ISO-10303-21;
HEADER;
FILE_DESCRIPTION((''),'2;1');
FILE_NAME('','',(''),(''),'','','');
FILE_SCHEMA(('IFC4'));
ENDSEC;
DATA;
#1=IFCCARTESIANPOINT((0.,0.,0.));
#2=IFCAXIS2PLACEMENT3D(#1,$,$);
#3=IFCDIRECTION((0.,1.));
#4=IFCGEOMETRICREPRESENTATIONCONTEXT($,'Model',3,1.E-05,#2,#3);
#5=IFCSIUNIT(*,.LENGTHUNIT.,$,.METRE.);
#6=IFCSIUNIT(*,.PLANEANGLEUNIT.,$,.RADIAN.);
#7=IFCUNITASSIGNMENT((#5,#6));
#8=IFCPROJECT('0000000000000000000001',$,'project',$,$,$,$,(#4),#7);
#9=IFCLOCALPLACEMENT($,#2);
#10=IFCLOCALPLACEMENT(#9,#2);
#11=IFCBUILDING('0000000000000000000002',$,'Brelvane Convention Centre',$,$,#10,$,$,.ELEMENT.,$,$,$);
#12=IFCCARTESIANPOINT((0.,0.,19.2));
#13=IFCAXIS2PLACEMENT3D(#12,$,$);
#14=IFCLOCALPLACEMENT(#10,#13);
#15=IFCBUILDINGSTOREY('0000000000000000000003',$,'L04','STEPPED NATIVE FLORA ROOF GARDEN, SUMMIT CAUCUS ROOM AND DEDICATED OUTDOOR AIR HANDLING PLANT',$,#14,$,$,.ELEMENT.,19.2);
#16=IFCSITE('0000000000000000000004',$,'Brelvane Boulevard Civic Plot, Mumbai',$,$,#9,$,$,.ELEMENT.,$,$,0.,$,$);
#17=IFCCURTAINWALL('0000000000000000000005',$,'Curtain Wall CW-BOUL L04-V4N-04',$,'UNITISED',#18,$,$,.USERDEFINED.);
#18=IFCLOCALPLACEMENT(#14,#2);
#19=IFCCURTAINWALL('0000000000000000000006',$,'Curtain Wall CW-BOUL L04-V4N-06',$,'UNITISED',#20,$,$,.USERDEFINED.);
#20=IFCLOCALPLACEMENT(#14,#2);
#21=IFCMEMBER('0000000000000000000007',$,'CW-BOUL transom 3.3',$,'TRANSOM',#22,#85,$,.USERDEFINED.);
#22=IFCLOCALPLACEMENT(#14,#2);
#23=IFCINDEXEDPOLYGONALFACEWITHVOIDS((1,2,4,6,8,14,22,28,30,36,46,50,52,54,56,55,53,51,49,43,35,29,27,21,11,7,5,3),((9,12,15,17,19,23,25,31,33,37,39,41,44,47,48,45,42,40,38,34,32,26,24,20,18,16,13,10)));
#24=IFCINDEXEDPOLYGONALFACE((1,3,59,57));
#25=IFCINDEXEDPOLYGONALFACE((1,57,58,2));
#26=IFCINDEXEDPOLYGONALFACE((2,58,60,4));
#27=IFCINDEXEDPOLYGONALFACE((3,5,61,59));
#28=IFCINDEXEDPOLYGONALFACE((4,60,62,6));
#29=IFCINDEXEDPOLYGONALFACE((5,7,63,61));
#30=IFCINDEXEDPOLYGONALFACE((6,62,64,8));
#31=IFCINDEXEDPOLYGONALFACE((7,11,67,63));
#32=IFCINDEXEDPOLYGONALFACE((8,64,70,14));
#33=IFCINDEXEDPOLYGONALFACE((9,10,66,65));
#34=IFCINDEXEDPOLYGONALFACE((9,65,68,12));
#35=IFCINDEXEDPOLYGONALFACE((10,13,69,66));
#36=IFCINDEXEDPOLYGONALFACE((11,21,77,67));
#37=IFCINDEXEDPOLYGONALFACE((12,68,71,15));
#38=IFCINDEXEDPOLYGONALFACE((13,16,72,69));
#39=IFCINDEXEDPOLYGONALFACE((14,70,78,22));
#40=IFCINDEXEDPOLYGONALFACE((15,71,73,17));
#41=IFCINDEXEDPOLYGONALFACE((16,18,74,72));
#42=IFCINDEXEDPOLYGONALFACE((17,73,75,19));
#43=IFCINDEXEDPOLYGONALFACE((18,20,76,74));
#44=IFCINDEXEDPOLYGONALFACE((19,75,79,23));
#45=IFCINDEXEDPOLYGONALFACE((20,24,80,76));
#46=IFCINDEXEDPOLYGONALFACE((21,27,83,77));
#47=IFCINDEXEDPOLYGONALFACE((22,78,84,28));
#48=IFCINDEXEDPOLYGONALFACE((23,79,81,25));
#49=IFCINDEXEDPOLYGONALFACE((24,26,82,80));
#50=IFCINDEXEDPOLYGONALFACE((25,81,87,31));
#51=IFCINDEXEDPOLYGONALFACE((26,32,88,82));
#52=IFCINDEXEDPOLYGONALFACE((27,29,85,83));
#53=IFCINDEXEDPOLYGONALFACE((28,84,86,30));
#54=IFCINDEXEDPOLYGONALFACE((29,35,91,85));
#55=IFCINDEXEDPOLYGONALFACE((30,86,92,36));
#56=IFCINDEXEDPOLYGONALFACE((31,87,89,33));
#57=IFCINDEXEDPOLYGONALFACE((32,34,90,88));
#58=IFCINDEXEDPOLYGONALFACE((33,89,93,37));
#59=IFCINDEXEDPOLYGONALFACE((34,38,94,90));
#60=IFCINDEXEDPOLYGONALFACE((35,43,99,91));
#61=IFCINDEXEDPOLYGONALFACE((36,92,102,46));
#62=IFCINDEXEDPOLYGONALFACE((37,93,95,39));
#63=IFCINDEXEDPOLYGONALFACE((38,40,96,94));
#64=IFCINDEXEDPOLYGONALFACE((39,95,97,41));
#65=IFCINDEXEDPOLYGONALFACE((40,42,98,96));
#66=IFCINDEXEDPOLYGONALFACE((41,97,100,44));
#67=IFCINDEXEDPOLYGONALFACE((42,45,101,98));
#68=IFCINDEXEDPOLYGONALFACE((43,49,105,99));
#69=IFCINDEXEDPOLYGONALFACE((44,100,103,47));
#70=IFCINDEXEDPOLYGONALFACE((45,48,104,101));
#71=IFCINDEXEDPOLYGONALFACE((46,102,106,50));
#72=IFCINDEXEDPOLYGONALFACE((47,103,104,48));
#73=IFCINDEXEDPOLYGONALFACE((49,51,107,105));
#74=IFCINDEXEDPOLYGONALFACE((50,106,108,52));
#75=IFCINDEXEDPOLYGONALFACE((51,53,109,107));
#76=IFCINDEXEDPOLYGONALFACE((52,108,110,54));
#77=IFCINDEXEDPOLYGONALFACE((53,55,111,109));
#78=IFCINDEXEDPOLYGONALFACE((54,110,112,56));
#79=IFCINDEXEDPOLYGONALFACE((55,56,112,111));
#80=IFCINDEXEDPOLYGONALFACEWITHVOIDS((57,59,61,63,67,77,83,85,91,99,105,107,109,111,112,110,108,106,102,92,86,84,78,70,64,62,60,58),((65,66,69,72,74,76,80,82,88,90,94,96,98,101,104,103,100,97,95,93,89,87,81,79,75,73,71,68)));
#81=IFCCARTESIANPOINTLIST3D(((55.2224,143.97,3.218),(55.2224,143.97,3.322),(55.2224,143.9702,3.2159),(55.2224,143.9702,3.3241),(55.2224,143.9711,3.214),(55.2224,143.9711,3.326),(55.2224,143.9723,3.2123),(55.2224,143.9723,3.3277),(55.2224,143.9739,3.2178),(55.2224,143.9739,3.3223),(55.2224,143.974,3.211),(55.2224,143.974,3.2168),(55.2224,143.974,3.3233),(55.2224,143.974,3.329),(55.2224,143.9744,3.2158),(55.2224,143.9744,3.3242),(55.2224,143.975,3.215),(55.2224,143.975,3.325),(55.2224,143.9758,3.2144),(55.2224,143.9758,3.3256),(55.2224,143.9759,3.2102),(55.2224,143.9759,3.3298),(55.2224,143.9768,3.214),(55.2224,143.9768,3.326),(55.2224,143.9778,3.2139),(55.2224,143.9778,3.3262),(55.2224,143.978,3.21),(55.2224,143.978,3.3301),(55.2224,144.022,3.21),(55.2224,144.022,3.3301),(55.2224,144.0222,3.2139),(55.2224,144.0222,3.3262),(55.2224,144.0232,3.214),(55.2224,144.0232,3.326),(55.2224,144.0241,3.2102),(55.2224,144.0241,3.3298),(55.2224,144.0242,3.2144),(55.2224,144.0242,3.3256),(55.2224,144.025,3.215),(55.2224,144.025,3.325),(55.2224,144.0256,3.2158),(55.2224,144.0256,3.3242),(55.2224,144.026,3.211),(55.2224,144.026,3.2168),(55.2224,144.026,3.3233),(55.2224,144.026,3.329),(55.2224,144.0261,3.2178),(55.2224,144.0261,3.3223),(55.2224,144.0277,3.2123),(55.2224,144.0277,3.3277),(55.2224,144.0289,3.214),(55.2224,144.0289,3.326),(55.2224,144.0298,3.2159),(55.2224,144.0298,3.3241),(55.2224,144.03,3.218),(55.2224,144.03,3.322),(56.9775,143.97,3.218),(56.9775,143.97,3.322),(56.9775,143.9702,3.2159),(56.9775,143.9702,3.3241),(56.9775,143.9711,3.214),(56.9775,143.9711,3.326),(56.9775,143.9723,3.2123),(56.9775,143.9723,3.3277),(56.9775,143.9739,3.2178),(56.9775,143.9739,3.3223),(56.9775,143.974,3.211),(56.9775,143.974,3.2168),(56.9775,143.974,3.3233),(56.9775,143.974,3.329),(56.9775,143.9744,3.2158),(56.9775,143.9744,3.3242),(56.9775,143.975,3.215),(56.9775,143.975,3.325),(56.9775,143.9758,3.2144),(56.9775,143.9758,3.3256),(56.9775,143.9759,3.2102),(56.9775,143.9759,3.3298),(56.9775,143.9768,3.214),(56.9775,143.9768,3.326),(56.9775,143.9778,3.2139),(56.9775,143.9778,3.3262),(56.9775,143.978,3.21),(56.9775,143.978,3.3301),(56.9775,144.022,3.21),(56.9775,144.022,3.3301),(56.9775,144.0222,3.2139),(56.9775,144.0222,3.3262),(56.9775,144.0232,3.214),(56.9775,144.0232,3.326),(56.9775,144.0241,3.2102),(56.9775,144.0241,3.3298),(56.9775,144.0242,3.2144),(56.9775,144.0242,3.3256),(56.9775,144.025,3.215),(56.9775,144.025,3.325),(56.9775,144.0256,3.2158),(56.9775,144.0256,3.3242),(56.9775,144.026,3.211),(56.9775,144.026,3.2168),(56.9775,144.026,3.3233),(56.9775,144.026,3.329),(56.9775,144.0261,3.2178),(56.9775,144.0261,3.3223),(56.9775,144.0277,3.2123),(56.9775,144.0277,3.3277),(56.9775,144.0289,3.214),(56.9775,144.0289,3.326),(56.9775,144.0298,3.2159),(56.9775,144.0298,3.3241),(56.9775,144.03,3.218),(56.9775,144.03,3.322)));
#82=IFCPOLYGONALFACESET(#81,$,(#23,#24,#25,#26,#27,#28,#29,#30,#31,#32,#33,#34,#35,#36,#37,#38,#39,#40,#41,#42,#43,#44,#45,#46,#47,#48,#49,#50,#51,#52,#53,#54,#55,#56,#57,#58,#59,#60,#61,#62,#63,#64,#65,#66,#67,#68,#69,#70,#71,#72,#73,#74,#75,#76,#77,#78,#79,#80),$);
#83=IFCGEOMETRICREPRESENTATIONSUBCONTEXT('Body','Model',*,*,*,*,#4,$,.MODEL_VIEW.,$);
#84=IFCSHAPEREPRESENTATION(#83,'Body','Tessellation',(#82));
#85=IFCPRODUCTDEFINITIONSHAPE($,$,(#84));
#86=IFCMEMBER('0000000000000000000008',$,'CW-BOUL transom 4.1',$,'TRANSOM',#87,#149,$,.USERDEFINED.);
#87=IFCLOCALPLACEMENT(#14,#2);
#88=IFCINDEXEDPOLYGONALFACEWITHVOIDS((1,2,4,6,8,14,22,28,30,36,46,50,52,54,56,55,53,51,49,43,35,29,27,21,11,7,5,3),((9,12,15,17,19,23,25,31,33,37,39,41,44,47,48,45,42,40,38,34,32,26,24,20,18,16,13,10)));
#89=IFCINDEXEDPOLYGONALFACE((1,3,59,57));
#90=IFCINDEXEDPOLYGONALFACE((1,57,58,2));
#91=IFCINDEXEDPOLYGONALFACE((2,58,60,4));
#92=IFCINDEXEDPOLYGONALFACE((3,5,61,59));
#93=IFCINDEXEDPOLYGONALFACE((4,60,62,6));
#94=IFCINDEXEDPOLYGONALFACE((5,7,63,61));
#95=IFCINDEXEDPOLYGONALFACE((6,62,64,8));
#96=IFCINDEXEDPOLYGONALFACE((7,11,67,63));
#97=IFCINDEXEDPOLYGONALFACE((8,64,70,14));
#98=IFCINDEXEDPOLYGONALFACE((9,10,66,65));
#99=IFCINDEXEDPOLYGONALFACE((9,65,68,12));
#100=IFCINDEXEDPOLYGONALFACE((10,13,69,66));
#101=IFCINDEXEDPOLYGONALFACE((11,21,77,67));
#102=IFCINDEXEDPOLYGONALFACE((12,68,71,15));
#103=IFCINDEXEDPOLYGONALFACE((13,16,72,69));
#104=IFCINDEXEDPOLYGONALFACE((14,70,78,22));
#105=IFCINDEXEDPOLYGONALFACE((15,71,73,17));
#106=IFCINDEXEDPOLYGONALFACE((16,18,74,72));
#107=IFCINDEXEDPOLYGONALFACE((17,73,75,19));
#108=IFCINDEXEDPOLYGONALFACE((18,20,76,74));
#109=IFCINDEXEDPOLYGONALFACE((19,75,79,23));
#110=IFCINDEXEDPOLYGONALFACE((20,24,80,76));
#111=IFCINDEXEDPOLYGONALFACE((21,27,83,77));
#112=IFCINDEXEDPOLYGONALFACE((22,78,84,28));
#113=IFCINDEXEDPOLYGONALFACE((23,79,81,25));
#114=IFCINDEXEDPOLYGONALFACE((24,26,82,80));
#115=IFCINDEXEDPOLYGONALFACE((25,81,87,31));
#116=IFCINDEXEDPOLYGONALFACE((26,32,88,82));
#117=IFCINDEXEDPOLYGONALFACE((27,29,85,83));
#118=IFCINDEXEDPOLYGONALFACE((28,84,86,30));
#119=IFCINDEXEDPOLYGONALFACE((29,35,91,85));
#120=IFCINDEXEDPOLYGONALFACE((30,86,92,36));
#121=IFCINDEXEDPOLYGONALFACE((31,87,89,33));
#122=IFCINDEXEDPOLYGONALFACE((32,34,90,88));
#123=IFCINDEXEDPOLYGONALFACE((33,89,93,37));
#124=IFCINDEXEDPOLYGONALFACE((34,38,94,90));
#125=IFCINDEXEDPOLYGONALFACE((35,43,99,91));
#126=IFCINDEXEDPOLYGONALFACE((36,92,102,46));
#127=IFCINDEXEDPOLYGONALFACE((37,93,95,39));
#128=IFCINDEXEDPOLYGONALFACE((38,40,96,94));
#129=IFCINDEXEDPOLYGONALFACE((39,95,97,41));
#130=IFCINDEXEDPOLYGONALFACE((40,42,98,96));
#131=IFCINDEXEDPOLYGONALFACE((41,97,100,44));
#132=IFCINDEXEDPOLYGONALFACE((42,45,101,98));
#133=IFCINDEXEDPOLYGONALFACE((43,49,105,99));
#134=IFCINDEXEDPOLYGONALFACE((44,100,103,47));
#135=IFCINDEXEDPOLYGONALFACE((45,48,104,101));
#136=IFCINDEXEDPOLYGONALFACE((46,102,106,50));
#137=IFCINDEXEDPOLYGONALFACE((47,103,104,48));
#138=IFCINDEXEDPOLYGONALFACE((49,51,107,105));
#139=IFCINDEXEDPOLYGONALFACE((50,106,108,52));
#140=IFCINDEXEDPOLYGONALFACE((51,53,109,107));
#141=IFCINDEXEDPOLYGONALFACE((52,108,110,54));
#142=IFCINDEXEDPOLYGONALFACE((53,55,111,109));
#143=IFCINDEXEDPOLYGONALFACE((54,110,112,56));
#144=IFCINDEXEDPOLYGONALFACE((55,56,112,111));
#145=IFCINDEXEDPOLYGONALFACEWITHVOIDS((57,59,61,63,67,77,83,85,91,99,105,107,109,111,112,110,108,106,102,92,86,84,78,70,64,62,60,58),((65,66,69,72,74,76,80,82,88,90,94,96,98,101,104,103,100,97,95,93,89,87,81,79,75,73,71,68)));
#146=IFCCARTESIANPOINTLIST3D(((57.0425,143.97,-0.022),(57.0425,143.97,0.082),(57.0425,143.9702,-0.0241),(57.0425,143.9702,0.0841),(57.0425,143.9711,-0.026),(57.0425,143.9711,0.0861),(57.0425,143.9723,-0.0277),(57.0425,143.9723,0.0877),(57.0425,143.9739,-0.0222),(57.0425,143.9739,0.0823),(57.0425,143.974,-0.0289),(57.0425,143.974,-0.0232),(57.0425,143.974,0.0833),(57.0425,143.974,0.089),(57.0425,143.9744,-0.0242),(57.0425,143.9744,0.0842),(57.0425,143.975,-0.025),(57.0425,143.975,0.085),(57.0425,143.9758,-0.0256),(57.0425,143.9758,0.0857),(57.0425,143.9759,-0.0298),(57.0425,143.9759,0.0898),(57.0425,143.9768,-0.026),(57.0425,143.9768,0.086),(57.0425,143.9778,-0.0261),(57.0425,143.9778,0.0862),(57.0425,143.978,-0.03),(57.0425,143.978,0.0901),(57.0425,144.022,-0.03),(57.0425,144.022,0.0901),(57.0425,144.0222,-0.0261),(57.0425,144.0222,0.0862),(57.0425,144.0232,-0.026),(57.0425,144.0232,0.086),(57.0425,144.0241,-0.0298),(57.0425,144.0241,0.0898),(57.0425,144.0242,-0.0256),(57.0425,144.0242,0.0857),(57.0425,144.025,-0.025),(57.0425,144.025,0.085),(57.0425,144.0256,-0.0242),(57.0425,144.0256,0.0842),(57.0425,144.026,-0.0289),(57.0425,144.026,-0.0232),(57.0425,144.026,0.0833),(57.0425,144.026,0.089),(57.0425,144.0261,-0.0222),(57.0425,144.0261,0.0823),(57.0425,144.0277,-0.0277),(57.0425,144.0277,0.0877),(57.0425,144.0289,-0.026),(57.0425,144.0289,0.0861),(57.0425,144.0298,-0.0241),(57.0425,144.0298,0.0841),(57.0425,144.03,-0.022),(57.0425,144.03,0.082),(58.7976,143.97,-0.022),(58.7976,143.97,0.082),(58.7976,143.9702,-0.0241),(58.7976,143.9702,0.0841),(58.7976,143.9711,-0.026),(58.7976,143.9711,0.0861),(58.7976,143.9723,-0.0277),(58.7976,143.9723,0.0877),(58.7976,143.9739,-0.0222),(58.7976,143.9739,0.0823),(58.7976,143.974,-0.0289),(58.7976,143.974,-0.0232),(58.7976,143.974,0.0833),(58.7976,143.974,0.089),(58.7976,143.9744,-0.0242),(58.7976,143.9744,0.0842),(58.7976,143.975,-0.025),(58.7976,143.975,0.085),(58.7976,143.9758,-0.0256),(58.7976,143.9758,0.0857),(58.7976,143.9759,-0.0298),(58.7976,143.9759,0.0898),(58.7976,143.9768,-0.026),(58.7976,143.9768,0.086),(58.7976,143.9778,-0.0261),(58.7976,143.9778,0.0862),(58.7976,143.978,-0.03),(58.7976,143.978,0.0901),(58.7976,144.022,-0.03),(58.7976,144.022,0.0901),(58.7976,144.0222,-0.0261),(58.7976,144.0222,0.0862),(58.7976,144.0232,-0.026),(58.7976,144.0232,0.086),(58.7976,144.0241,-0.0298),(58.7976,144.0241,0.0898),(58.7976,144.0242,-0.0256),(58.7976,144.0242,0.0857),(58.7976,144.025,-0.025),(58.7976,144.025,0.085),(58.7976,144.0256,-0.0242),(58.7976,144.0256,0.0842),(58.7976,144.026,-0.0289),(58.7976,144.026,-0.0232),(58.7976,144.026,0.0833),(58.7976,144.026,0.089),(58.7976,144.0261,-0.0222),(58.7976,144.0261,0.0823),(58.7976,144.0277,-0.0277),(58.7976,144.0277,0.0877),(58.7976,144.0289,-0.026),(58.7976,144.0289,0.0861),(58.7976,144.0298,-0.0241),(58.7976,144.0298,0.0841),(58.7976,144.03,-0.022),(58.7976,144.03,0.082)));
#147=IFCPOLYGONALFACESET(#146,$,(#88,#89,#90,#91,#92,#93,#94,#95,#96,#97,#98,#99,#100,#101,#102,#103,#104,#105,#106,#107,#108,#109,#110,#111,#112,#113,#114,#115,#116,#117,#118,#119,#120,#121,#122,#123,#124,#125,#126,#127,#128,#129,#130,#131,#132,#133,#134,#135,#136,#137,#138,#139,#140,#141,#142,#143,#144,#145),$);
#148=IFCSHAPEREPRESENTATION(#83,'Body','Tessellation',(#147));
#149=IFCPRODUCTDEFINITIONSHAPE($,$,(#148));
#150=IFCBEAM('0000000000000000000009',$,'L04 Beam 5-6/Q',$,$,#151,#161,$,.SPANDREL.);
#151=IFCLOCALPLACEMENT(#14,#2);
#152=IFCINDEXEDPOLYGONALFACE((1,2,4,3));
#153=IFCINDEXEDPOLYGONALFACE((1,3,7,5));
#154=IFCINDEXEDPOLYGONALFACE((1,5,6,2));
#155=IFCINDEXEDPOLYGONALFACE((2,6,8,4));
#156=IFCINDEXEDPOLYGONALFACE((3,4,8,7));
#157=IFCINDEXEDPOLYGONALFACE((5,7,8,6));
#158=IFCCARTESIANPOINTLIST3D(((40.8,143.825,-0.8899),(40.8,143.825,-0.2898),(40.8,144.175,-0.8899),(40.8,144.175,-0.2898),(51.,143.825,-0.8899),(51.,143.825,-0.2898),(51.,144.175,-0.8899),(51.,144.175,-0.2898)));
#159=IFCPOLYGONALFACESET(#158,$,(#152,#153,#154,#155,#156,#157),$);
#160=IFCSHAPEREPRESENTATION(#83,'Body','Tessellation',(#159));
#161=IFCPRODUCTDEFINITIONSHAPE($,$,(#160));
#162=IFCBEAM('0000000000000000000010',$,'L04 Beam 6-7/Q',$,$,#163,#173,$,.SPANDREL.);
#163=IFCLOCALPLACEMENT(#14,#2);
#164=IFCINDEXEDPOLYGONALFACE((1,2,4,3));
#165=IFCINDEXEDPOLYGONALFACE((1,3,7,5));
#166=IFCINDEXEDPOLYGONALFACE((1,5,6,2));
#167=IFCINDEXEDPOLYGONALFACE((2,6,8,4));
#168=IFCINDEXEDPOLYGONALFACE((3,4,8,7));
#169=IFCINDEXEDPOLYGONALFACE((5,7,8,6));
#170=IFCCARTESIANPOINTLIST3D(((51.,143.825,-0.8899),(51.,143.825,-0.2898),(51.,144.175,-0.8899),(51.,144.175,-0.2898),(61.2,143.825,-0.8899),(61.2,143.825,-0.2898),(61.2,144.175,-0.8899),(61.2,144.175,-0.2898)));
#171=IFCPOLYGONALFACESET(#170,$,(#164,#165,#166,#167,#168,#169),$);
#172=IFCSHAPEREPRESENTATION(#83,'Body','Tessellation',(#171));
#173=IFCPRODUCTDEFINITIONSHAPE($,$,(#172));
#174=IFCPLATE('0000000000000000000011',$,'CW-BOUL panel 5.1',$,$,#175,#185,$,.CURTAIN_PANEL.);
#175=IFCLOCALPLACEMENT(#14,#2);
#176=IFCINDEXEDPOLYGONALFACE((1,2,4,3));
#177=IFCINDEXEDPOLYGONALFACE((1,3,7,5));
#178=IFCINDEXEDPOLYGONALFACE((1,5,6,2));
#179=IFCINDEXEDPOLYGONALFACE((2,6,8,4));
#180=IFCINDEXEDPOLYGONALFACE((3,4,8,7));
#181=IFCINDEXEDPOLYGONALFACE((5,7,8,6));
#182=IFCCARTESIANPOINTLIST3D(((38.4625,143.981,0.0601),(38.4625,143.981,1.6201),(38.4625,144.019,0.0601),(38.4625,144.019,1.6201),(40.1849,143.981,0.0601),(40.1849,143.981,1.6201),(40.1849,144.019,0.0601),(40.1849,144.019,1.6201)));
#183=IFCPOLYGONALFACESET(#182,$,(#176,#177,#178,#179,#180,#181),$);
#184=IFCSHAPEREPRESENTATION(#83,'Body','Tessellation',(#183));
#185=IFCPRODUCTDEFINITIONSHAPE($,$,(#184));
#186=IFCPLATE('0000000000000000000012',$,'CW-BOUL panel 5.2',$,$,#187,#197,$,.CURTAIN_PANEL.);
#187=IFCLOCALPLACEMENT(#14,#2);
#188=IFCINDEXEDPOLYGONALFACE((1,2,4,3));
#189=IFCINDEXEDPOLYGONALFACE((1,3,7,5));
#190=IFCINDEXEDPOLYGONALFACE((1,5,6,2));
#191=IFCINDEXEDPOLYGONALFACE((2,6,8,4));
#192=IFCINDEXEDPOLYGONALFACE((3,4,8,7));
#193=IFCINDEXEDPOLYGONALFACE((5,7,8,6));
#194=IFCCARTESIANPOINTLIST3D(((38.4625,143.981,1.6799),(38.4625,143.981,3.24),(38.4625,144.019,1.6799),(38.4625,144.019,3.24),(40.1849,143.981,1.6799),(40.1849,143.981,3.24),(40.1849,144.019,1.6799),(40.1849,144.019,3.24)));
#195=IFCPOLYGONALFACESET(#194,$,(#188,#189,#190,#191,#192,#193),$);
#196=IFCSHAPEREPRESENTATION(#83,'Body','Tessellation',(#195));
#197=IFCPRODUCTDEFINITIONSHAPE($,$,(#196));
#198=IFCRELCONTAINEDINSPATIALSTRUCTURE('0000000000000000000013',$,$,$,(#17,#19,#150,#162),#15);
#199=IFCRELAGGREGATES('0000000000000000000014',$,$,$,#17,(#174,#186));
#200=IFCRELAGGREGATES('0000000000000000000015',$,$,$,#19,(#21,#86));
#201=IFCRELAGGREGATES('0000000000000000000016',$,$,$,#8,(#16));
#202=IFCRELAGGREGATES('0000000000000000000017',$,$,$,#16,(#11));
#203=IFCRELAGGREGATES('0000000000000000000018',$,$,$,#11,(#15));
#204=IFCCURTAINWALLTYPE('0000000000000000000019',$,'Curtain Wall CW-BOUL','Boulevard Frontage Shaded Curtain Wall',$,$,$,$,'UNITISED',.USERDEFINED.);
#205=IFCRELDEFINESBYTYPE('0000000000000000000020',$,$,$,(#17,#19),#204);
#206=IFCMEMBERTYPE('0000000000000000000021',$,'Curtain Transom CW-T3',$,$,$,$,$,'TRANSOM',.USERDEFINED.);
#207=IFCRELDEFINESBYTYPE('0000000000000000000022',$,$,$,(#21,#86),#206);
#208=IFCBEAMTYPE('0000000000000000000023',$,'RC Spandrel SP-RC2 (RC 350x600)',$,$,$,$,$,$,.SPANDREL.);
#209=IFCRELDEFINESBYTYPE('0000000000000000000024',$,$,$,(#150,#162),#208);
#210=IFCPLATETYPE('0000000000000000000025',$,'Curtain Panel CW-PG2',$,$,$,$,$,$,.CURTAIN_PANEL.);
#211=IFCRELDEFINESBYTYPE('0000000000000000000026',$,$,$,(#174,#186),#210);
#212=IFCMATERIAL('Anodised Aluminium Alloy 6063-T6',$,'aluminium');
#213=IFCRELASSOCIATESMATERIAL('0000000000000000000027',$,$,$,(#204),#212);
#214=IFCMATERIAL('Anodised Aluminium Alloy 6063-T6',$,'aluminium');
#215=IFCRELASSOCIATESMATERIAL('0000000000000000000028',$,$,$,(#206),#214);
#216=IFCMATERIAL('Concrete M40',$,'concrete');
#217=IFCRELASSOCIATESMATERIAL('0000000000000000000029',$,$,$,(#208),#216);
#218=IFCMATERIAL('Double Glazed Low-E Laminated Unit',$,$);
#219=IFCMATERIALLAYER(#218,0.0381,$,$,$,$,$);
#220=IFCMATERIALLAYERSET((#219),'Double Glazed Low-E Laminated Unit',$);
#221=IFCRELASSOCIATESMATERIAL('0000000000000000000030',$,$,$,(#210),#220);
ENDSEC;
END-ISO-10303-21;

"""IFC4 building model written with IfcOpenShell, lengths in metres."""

from ifc_helpers import new_model, si_unit, direction, frame, origin, origin_2d, place, context, subcontext, project, spatial, rectangle, hollow_rectangle, extrude, material, layer, layer_set, material_profile, profile_set, type_object, element, aggregate, save


model = new_model("IFC4")

# Units and contexts
model_context = context("Model", 3, precision=1e-05, world=origin(), true_north=direction((0.0, 1.0)))
body_context = subcontext(model_context, "Body", "Model", "MODEL_VIEW")
ifc_project = project(units=[si_unit("LENGTHUNIT", "METRE"), si_unit("PLANEANGLEUNIT", "RADIAN")], contexts=[model_context])

# Site, building, storey
site_placement = place(None, origin())
site = spatial("IfcSite", under=ifc_project, at=site_placement, Name="Brelvane Boulevard Civic Plot, Mumbai", CompositionType="ELEMENT", RefElevation=0.0)
building_placement = place(site_placement, origin())
building = spatial("IfcBuilding", under=site, at=building_placement, Name="Brelvane Convention Centre", CompositionType="ELEMENT")
storey_placement = place(building_placement, frame((0.0, 0.0, 19.2)))
storey = spatial("IfcBuildingStorey", under=building, at=storey_placement, Name="L04", Description="STEPPED NATIVE FLORA ROOF GARDEN, SUMMIT CAUCUS ROOM AND DEDICATED OUTDOOR AIR HANDLING PLANT", CompositionType="ELEMENT", Elevation=19.2)

# Curtain wall
ifc_material_1 = material(Name="Anodised Aluminium Alloy 6063-T6", Category="aluminium")
curtain_wall_type = type_object("IfcCurtainWallType", Name="Curtain Wall CW-BOUL", Description="Boulevard Frontage Shaded Curtain Wall", ElementType="UNITISED", PredefinedType="USERDEFINED", material=ifc_material_1)
curtain_wall_1_placement = place(storey_placement, origin())
curtain_wall_1 = element("IfcCurtainWall", 1, at=curtain_wall_1_placement, inside=storey, type_object=curtain_wall_type, Name="Curtain Wall CW-BOUL L04-V4N-04", ObjectType="UNITISED", PredefinedType="USERDEFINED")

# Curtain wall
curtain_wall_2_placement = place(storey_placement, origin())
curtain_wall_2 = element("IfcCurtainWall", 2, at=curtain_wall_2_placement, inside=storey, type_object=curtain_wall_type, Name="Curtain Wall CW-BOUL L04-V4N-06", ObjectType="UNITISED", PredefinedType="USERDEFINED")

# Members
ifc_material_2 = material(Name="Anodised Aluminium Alloy 6063-T6", Category="aluminium")
ifc_material_profile_1 = material_profile(ifc_material_2, hollow_rectangle(XDim=0.0601, YDim=0.1201, WallThickness=0.0039, InnerFilletRadius=0.0039, OuterFilletRadius=0.0081, at=origin_2d()), Name="ALU-T 120x60x4.0")
ifc_profile_set_1 = profile_set([ifc_material_profile_1], Name="Anodised Aluminium Alloy 6063-T6")
member_type_1 = type_object("IfcMemberType", Name="Curtain Transom CW-T3", ElementType="TRANSOM", PredefinedType="USERDEFINED", material=ifc_profile_set_1)
member_1_placement = place(storey_placement, frame((55.2224, 144.0, 3.27), z_axis=(1.0, 0.0, 0.0), x_axis=(0.0, 1.0, 0.0)))
member_1 = element("IfcMember", 3, at=member_1_placement, type_object=member_type_1, Name="CW-BOUL transom 3.3", ObjectType="TRANSOM", PredefinedType="USERDEFINED", context=body_context, shape_type="SweptSolid", body=[
    extrude(hollow_rectangle(XDim=0.0601, YDim=0.1201, WallThickness=0.0039, InnerFilletRadius=0.0039, OuterFilletRadius=0.0081, at=origin_2d()), origin(), (0.0, 0.0, 1.0), 1.7551),
])
member_2_placement = place(storey_placement, frame((57.0425, 144.0, 0.03), z_axis=(1.0, 0.0, 0.0), x_axis=(0.0, 1.0, 0.0)))
member_2 = element("IfcMember", 4, at=member_2_placement, type_object=member_type_1, Name="CW-BOUL transom 4.1", ObjectType="TRANSOM", PredefinedType="USERDEFINED", context=body_context, shape_type="SweptSolid", body=[
    extrude(hollow_rectangle(XDim=0.0601, YDim=0.1201, WallThickness=0.0039, InnerFilletRadius=0.0039, OuterFilletRadius=0.0081, at=origin_2d()), origin(), (0.0, 0.0, 1.0), 1.7551),
])

# Beams
ifc_material_3 = material(Name="Concrete M40", Category="concrete")
ifc_material_profile_2 = material_profile(ifc_material_3, rectangle(XDim=0.3501, YDim=0.6001, at=origin_2d()), Name="RC 350x600")
ifc_profile_set_2 = profile_set([ifc_material_profile_2], Name="Concrete M40")
beam_type = type_object("IfcBeamType", Name="RC Spandrel SP-RC2 (RC 350x600)", PredefinedType="SPANDREL", material=ifc_profile_set_2)
for number, where, z_axis, x_axis, name in (
    (5, (40.8, 144.0, -0.5898), (1.0, 0.0, 0.0), (0.0, 1.0, 0.0), "L04 Beam 5-6/Q"),
    (6, (51.0, 144.0, -0.5898), (1.0, 0.0, 0.0), (0.0, 1.0, 0.0), "L04 Beam 6-7/Q"),
):
    element("IfcBeam", number, at=place(storey_placement, frame(where, z_axis=z_axis, x_axis=x_axis)), inside=storey, type_object=beam_type, Name=name, PredefinedType="SPANDREL", context=body_context, shape_type="SweptSolid", body=[
        extrude(rectangle(XDim=0.3501, YDim=0.6001, at=origin_2d()), origin(), (0.0, 0.0, 1.0), 10.2),
    ])

# Plates
ifc_material_4 = material(Name="Double Glazed Low-E Laminated Unit")
ifc_layer_1 = layer(ifc_material_4, 0.0381)
ifc_layer_set_1 = layer_set([ifc_layer_1], Name="Double Glazed Low-E Laminated Unit")
plate_type = type_object("IfcPlateType", Name="Curtain Panel CW-PG2", PredefinedType="CURTAIN_PANEL", material=ifc_layer_set_1)
plate_1_placement = place(storey_placement, frame((39.3237, 144.0, 0.0601), z_axis=(0.0, 0.0, 1.0), x_axis=(1.0, 0.0, 0.0)))
plate_1 = element("IfcPlate", 7, at=plate_1_placement, type_object=plate_type, Name="CW-BOUL panel 5.1", PredefinedType="CURTAIN_PANEL", context=body_context, shape_type="SweptSolid", body=[
    extrude(rectangle(XDim=1.7224, YDim=0.0381, at=origin_2d()), origin(), (0.0, 0.0, 1.0), 1.5601),
])
plate_2_placement = place(storey_placement, frame((39.3237, 144.0, 1.6799), z_axis=(0.0, 0.0, 1.0), x_axis=(1.0, 0.0, 0.0)))
plate_2 = element("IfcPlate", 8, at=plate_2_placement, type_object=plate_type, Name="CW-BOUL panel 5.2", PredefinedType="CURTAIN_PANEL", context=body_context, shape_type="SweptSolid", body=[
    extrude(rectangle(XDim=1.7224, YDim=0.0381, at=origin_2d()), origin(), (0.0, 0.0, 1.0), 1.5601),
])
aggregate(curtain_wall_1, [plate_1, plate_2])
aggregate(curtain_wall_2, [member_1, member_2])

save(model, "model.ifc")
